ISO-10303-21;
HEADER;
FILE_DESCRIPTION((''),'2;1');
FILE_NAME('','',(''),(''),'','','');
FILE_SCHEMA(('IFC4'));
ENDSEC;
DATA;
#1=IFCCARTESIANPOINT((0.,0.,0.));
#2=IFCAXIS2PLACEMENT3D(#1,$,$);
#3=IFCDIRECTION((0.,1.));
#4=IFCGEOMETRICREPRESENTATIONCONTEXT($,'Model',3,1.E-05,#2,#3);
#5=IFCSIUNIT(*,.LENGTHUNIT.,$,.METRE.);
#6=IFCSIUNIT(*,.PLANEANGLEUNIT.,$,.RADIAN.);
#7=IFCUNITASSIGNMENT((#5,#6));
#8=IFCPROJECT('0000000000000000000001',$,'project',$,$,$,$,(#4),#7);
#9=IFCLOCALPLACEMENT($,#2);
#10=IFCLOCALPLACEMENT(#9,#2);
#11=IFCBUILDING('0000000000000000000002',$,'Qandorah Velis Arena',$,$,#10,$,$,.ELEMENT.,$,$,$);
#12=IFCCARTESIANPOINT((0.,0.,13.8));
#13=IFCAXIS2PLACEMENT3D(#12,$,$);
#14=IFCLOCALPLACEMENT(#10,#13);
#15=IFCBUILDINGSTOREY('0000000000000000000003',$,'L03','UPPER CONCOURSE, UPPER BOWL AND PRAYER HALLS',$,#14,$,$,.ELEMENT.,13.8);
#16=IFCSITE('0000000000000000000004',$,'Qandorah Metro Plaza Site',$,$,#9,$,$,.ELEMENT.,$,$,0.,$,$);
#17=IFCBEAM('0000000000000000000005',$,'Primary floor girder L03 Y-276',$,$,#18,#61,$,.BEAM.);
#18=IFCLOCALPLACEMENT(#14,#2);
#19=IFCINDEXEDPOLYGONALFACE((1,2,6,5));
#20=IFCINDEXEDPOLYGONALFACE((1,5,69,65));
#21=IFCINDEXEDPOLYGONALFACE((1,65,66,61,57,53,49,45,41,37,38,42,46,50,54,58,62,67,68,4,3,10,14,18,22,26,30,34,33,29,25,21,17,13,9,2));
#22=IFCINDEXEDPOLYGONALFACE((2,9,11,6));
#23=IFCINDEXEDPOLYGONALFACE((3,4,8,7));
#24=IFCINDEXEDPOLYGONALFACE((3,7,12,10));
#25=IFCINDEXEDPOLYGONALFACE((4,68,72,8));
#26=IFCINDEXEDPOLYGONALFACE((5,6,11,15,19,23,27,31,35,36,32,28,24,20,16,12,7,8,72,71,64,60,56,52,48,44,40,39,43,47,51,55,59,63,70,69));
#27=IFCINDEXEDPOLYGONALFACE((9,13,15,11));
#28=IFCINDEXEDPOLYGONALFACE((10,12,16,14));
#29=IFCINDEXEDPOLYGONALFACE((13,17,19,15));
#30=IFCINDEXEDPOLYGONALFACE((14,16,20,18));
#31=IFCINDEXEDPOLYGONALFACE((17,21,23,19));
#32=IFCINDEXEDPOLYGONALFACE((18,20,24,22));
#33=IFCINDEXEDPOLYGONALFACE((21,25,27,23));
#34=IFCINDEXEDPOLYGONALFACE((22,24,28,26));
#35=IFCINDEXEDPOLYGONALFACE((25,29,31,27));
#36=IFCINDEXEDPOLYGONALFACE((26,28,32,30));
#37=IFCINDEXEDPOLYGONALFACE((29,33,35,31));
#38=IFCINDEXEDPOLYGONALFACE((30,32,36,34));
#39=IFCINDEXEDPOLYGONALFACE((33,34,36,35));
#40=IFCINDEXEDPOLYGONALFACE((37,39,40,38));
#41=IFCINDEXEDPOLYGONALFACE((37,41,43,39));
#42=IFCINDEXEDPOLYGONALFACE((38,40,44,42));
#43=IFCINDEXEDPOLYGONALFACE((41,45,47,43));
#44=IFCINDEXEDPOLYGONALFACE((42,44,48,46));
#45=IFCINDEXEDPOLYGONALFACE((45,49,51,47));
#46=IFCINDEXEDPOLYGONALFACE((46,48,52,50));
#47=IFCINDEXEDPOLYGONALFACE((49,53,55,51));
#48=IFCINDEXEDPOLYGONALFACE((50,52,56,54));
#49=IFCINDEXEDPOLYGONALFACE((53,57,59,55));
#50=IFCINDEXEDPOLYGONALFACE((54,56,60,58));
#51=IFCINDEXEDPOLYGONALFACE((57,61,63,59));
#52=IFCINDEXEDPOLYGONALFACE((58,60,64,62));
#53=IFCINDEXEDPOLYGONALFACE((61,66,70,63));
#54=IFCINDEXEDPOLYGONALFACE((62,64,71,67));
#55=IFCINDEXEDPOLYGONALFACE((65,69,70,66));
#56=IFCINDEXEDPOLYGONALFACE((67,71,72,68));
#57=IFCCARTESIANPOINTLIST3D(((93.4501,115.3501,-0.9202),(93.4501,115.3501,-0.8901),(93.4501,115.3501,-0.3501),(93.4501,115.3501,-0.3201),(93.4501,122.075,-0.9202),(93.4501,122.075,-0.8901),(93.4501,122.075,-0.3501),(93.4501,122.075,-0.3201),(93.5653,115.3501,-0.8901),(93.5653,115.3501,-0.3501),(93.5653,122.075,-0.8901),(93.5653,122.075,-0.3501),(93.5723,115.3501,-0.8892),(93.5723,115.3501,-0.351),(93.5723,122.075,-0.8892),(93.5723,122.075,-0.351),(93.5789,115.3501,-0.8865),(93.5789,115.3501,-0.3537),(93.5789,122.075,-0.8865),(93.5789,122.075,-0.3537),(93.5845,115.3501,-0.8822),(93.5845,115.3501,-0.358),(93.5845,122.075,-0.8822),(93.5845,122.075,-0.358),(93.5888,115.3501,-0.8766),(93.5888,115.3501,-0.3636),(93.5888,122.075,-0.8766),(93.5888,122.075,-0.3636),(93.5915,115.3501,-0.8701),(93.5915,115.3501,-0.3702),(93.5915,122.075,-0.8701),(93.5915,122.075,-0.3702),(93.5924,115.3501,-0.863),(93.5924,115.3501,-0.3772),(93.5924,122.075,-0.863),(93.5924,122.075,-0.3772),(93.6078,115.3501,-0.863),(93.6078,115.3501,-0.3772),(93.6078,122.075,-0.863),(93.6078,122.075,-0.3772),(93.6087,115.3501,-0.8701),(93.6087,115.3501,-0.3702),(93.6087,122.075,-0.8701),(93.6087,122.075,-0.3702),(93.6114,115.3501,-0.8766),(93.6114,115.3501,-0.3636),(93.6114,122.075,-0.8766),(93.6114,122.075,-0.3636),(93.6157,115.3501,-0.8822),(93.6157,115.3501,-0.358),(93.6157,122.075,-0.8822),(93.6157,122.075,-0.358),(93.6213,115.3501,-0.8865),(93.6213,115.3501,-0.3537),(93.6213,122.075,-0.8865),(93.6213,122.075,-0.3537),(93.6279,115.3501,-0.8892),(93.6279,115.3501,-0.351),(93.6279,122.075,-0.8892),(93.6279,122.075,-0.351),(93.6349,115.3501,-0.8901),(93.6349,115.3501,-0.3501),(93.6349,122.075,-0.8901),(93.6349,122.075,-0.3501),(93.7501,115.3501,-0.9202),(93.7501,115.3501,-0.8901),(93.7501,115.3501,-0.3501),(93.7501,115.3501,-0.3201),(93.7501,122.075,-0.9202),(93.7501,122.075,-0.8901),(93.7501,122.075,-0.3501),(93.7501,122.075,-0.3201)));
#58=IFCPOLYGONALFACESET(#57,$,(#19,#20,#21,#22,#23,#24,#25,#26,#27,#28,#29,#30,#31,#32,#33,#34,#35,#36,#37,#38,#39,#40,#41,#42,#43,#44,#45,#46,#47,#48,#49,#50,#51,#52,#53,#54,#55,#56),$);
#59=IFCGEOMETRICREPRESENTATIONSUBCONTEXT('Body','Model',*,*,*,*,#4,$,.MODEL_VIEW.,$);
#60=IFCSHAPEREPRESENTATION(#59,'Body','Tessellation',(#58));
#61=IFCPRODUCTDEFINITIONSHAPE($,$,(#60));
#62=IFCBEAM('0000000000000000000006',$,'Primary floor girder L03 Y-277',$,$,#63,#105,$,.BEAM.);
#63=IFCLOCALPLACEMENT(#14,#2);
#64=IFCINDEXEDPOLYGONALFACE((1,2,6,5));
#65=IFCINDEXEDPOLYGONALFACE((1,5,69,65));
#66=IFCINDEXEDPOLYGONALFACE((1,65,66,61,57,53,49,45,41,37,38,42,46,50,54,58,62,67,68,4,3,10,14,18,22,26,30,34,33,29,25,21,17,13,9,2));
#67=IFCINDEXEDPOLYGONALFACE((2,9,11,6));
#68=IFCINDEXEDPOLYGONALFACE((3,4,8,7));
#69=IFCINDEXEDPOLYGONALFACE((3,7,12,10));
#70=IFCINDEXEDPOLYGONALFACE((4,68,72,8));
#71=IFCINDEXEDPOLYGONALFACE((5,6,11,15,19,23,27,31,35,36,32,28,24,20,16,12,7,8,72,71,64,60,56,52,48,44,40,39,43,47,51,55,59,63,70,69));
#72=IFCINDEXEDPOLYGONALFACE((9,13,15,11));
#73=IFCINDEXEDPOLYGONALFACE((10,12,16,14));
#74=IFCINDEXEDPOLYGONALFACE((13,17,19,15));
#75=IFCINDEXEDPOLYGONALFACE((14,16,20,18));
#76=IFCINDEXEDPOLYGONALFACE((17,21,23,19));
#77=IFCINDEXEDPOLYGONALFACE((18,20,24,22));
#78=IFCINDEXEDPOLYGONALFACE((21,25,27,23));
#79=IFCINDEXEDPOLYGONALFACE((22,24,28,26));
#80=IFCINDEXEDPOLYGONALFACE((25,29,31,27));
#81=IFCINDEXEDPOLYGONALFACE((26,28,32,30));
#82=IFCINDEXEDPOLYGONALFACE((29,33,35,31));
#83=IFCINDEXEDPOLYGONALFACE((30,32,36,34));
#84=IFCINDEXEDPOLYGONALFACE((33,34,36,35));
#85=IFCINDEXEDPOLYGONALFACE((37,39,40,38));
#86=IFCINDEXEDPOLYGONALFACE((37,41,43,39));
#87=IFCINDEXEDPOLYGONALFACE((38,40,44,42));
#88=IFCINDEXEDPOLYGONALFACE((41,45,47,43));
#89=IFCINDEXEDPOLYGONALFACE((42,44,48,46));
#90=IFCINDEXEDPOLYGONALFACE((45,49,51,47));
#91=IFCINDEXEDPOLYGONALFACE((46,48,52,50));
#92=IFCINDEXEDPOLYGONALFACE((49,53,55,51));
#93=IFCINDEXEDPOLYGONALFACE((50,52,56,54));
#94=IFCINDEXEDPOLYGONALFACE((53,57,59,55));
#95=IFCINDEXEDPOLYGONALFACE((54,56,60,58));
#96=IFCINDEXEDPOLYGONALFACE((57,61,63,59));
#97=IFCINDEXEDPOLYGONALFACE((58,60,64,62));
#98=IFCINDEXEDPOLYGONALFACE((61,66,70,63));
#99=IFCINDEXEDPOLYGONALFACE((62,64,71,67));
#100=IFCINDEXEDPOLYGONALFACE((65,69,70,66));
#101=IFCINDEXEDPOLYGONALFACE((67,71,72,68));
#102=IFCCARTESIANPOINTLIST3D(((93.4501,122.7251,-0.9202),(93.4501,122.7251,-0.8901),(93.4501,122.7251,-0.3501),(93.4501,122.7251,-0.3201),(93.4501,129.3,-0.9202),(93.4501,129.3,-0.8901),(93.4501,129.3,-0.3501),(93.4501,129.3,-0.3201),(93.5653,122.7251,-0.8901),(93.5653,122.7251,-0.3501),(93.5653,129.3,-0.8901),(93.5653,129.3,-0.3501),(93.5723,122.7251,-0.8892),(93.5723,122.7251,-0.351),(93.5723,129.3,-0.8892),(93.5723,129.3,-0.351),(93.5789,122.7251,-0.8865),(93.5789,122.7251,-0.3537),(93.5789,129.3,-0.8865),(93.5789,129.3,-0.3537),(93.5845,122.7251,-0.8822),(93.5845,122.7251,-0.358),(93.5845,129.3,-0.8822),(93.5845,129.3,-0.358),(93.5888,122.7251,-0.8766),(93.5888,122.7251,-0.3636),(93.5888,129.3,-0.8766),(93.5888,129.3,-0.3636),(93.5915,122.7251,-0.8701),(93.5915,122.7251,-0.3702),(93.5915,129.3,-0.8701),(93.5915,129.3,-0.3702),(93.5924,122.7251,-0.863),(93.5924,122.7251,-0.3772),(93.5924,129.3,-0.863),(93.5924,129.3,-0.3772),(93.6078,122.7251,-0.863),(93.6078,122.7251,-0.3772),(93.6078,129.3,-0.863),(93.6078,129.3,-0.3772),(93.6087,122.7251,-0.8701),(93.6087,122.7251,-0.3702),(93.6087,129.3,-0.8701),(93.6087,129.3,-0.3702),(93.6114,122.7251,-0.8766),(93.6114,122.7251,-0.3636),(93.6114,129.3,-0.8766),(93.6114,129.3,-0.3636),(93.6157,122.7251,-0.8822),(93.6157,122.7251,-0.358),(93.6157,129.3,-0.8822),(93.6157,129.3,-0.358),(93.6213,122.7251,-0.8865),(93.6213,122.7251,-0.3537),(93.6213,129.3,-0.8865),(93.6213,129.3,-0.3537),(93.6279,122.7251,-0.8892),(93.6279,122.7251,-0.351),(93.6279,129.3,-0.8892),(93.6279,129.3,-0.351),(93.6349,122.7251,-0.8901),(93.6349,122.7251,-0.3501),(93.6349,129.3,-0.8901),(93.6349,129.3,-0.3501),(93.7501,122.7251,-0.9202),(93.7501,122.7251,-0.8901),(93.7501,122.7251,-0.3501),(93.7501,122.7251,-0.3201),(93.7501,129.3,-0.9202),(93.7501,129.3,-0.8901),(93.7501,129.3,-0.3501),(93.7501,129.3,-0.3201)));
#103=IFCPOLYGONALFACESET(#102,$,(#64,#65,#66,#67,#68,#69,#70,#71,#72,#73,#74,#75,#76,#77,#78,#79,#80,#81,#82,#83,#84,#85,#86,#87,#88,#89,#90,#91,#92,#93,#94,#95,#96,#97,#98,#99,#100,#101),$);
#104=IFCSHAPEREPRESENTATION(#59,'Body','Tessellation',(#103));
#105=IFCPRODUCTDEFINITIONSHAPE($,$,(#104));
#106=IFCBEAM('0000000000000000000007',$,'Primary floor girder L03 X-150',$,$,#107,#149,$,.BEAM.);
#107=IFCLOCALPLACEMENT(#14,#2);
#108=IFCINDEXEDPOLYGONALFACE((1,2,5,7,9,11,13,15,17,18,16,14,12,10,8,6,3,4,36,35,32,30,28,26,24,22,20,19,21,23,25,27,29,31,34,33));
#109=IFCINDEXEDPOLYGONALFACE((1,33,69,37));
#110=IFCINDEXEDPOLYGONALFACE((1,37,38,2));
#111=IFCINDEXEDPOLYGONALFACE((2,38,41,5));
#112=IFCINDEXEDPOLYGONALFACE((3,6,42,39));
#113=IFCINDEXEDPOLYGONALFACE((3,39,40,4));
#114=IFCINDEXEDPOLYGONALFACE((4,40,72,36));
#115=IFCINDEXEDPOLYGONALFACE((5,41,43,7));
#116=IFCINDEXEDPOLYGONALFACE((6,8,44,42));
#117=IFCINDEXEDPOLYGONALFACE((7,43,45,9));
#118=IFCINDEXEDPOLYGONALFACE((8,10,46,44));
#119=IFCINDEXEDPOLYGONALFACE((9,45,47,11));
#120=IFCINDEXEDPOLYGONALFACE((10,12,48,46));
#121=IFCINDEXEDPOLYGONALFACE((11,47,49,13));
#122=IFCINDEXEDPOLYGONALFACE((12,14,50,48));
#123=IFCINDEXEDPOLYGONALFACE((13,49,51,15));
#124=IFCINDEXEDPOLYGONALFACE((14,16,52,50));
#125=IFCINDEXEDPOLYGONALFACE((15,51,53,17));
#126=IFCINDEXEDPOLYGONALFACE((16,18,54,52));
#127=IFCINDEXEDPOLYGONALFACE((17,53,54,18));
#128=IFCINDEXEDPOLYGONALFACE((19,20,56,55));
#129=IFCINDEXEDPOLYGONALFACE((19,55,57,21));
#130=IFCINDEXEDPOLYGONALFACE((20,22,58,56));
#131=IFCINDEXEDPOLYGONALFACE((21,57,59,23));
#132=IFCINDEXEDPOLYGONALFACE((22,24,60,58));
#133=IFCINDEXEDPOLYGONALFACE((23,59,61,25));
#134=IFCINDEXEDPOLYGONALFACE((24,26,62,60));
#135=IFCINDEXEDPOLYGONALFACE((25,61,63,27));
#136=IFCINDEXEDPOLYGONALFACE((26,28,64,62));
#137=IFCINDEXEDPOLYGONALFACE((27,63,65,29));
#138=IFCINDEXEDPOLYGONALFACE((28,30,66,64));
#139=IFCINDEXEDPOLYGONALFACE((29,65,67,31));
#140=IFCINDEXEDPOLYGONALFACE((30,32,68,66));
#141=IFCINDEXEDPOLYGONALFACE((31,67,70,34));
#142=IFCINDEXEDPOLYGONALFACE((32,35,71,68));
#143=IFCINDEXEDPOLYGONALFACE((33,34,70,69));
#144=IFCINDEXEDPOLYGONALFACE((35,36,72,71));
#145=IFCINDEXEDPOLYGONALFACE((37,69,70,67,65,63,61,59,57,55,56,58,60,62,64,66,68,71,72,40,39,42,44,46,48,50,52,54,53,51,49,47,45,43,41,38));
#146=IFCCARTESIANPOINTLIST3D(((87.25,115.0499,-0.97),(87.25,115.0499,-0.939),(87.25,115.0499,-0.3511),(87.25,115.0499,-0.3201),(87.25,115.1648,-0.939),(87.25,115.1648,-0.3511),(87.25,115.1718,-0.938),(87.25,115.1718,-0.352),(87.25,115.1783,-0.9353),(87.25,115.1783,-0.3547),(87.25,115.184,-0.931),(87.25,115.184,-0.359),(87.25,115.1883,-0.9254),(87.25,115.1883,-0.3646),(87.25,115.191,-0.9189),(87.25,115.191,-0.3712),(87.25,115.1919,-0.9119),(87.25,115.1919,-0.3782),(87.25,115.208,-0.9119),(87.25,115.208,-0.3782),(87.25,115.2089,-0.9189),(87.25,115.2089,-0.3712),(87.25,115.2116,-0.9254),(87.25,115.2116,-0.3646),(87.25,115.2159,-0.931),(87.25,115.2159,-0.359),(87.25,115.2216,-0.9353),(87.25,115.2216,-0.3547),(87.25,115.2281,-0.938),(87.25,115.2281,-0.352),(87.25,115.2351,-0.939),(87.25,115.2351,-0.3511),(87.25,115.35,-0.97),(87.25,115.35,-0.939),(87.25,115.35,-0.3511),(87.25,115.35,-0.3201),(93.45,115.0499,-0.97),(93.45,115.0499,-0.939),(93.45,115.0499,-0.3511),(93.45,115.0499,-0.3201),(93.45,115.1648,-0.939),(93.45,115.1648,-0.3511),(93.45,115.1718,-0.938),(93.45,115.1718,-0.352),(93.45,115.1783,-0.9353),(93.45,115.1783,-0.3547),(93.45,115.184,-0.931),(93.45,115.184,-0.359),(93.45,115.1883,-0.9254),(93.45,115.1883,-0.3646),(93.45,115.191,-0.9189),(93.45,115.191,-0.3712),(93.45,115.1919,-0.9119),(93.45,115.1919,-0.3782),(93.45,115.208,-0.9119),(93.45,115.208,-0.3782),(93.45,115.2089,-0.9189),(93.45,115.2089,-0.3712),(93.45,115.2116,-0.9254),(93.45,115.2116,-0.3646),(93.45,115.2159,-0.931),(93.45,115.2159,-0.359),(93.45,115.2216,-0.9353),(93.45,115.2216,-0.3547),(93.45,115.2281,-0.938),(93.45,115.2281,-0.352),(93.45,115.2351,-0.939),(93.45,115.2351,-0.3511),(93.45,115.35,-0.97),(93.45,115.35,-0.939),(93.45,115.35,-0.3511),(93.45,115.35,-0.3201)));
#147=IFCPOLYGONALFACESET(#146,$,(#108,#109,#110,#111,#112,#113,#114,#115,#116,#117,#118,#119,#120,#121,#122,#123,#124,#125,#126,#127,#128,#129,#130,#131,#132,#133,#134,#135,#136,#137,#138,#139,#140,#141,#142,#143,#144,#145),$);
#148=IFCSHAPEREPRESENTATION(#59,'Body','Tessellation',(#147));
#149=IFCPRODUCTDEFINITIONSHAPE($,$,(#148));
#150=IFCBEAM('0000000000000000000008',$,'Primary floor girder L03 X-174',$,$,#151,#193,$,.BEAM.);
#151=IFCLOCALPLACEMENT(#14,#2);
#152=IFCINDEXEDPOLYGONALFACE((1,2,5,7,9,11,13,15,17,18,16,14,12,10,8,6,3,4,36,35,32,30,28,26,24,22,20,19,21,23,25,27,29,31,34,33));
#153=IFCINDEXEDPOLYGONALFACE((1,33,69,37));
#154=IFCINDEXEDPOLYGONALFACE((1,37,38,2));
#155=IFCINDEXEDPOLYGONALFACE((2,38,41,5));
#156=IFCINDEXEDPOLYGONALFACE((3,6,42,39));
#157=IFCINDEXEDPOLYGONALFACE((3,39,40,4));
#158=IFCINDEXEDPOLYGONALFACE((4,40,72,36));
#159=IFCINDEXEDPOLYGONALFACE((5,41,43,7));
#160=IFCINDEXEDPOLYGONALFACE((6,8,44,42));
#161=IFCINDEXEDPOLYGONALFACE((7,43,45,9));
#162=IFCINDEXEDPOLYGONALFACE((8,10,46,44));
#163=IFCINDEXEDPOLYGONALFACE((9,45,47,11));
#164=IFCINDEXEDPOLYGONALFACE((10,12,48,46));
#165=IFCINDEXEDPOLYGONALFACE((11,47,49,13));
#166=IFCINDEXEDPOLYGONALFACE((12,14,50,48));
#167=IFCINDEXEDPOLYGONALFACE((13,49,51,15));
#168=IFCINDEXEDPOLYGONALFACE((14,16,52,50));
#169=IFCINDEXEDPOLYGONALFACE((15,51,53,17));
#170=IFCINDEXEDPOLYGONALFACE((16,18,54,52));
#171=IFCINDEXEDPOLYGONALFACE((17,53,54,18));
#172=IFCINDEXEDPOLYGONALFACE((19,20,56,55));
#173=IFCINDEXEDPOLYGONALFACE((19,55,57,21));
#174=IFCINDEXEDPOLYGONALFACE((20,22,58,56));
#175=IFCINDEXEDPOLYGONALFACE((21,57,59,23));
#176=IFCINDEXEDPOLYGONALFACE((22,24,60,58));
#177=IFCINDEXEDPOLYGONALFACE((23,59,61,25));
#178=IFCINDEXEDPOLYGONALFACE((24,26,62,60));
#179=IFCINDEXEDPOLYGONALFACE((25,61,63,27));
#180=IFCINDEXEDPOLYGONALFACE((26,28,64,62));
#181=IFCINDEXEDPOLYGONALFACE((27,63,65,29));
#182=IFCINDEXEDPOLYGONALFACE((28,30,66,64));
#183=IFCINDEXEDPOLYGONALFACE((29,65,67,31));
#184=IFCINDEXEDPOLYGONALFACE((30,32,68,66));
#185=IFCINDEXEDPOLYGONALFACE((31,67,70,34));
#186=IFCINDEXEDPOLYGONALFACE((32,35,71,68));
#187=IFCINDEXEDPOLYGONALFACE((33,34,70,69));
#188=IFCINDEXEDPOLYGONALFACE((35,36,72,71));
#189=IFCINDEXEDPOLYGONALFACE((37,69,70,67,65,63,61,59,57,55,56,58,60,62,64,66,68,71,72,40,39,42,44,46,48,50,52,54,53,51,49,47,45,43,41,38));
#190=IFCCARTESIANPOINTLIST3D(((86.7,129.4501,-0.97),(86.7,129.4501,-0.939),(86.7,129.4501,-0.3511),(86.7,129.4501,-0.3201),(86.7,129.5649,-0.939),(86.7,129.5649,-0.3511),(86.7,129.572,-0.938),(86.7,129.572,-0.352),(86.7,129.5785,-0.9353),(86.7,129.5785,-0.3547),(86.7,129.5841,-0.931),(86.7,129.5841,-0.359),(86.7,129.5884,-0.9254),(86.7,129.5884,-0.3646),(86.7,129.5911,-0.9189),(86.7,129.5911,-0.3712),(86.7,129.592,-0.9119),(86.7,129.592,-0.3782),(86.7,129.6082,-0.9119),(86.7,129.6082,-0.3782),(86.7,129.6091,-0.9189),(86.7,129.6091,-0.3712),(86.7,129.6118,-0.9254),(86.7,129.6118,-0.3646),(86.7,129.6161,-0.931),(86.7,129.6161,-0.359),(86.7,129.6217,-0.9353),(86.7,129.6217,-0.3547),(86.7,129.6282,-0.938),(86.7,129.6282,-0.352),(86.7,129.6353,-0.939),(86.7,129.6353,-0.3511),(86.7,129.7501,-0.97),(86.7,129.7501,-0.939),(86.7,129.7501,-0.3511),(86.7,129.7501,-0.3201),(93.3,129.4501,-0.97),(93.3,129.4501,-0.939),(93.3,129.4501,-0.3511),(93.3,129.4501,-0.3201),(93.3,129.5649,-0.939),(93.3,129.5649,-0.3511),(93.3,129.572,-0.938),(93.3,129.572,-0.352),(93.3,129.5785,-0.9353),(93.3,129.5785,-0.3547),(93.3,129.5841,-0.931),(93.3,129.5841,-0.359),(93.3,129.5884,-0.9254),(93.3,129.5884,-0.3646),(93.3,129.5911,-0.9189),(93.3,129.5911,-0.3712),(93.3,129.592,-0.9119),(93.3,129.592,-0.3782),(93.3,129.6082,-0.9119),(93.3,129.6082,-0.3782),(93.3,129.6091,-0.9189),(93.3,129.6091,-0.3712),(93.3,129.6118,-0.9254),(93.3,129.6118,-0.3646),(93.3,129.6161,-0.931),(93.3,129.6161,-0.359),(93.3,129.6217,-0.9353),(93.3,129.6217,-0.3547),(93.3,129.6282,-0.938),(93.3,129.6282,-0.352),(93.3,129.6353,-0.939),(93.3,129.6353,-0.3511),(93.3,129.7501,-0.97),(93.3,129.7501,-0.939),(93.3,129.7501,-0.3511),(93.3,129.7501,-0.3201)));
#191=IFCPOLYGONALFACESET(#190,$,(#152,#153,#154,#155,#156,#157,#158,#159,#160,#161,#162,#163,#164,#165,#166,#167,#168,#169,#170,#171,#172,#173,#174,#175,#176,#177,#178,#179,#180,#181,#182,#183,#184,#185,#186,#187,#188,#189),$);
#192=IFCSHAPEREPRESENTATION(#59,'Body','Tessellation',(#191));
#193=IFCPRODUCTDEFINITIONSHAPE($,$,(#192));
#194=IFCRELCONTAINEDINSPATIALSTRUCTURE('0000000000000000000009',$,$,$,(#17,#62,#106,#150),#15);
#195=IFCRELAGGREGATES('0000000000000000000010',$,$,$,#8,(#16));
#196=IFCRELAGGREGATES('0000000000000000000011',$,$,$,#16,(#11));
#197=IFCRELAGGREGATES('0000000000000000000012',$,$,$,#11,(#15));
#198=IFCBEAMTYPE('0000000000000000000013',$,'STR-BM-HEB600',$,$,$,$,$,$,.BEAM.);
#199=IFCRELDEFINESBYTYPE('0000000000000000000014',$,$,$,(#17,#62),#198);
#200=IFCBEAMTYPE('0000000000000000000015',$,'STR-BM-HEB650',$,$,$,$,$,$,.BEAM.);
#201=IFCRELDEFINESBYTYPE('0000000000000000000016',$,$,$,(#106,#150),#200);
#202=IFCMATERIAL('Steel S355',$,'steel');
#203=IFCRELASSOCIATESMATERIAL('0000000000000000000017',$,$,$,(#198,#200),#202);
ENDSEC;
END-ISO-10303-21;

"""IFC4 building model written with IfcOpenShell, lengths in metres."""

from ifc_helpers import new_model, si_unit, direction, frame, origin, origin_2d, place, context, subcontext, project, spatial, i_section, extrude, material, material_profile, profile_set, type_object, element, save


model = new_model("IFC4")

# Units and contexts
model_context = context("Model", 3, precision=1e-05, world=origin(), true_north=direction((0.0, 1.0)))
body_context = subcontext(model_context, "Body", "Model", "MODEL_VIEW")
ifc_project = project(units=[si_unit("LENGTHUNIT", "METRE"), si_unit("PLANEANGLEUNIT", "RADIAN")], contexts=[model_context])

# Site, building, storey
site_placement = place(None, origin())
site = spatial("IfcSite", under=ifc_project, at=site_placement, Name="Qandorah Metro Plaza Site", CompositionType="ELEMENT", RefElevation=0.0)
building_placement = place(site_placement, origin())
building = spatial("IfcBuilding", under=site, at=building_placement, Name="Qandorah Velis Arena", CompositionType="ELEMENT")
storey_placement = place(building_placement, frame((0.0, 0.0, 13.8)))
storey = spatial("IfcBuildingStorey", under=building, at=storey_placement, Name="L03", Description="UPPER CONCOURSE, UPPER BOWL AND PRAYER HALLS", CompositionType="ELEMENT", Elevation=13.8)

# Beams
ifc_material_1 = material(Name="Steel S355", Category="steel")
ifc_material_profile_1 = material_profile(ifc_material_1, i_section(OverallWidth=0.3, OverallDepth=0.6001, WebThickness=0.0154, FlangeThickness=0.03, FilletRadius=0.0271, at=origin_2d()), Name="HEB 600")
ifc_profile_set_1 = profile_set([ifc_material_profile_1], Name="Steel S355")
beam_type_1 = type_object("IfcBeamType", Name="STR-BM-HEB600", PredefinedType="BEAM", material=ifc_profile_set_1)
beam_1_placement = place(storey_placement, frame((93.6001, 115.3501, -0.6201), z_axis=(0.0, 1.0, 0.0), x_axis=(-1.0, 0.0, 0.0)))
element("IfcBeam", 1, at=beam_1_placement, inside=storey, type_object=beam_type_1, Name="Primary floor girder L03 Y-276", PredefinedType="BEAM", context=body_context, shape_type="SweptSolid", body=[
    extrude(i_section(OverallWidth=0.3, OverallDepth=0.6001, WebThickness=0.0154, FlangeThickness=0.03, FilletRadius=0.0271, at=origin_2d()), origin(), (0.0, 0.0, 1.0), 6.7249),
])
beam_2_placement = place(storey_placement, frame((93.6001, 122.7251, -0.6201), z_axis=(0.0, 1.0, 0.0), x_axis=(-1.0, 0.0, 0.0)))
element("IfcBeam", 2, at=beam_2_placement, inside=storey, type_object=beam_type_1, Name="Primary floor girder L03 Y-277", PredefinedType="BEAM", context=body_context, shape_type="SweptSolid", body=[
    extrude(i_section(OverallWidth=0.3, OverallDepth=0.6001, WebThickness=0.0154, FlangeThickness=0.03, FilletRadius=0.0271, at=origin_2d()), origin(), (0.0, 0.0, 1.0), 6.575),
])
ifc_material_profile_2 = material_profile(ifc_material_1, i_section(OverallWidth=0.3, OverallDepth=0.6499, WebThickness=0.0161, FlangeThickness=0.031, FilletRadius=0.0271, at=origin_2d()), Name="HEB 650")
ifc_profile_set_2 = profile_set([ifc_material_profile_2], Name="Steel S355")
beam_type_2 = type_object("IfcBeamType", Name="STR-BM-HEB650", PredefinedType="BEAM", material=ifc_profile_set_2)
beam_3_placement = place(storey_placement, frame((87.25, 115.2, -0.645), z_axis=(1.0, 0.0, 0.0), x_axis=(0.0, 1.0, 0.0)))
element("IfcBeam", 3, at=beam_3_placement, inside=storey, type_object=beam_type_2, Name="Primary floor girder L03 X-150", PredefinedType="BEAM", context=body_context, shape_type="SweptSolid", body=[
    extrude(i_section(OverallWidth=0.3, OverallDepth=0.6499, WebThickness=0.0161, FlangeThickness=0.031, FilletRadius=0.0271, at=origin_2d()), origin(), (0.0, 0.0, 1.0), 6.2),
])
beam_4_placement = place(storey_placement, frame((86.7, 129.6001, -0.645), z_axis=(1.0, 0.0, 0.0), x_axis=(0.0, 1.0, 0.0)))
element("IfcBeam", 4, at=beam_4_placement, inside=storey, type_object=beam_type_2, Name="Primary floor girder L03 X-174", PredefinedType="BEAM", context=body_context, shape_type="SweptSolid", body=[
    extrude(i_section(OverallWidth=0.3, OverallDepth=0.6499, WebThickness=0.0161, FlangeThickness=0.031, FilletRadius=0.0271, at=origin_2d()), origin(), (0.0, 0.0, 1.0), 6.6001),
])

save(model, "model.ifc")
